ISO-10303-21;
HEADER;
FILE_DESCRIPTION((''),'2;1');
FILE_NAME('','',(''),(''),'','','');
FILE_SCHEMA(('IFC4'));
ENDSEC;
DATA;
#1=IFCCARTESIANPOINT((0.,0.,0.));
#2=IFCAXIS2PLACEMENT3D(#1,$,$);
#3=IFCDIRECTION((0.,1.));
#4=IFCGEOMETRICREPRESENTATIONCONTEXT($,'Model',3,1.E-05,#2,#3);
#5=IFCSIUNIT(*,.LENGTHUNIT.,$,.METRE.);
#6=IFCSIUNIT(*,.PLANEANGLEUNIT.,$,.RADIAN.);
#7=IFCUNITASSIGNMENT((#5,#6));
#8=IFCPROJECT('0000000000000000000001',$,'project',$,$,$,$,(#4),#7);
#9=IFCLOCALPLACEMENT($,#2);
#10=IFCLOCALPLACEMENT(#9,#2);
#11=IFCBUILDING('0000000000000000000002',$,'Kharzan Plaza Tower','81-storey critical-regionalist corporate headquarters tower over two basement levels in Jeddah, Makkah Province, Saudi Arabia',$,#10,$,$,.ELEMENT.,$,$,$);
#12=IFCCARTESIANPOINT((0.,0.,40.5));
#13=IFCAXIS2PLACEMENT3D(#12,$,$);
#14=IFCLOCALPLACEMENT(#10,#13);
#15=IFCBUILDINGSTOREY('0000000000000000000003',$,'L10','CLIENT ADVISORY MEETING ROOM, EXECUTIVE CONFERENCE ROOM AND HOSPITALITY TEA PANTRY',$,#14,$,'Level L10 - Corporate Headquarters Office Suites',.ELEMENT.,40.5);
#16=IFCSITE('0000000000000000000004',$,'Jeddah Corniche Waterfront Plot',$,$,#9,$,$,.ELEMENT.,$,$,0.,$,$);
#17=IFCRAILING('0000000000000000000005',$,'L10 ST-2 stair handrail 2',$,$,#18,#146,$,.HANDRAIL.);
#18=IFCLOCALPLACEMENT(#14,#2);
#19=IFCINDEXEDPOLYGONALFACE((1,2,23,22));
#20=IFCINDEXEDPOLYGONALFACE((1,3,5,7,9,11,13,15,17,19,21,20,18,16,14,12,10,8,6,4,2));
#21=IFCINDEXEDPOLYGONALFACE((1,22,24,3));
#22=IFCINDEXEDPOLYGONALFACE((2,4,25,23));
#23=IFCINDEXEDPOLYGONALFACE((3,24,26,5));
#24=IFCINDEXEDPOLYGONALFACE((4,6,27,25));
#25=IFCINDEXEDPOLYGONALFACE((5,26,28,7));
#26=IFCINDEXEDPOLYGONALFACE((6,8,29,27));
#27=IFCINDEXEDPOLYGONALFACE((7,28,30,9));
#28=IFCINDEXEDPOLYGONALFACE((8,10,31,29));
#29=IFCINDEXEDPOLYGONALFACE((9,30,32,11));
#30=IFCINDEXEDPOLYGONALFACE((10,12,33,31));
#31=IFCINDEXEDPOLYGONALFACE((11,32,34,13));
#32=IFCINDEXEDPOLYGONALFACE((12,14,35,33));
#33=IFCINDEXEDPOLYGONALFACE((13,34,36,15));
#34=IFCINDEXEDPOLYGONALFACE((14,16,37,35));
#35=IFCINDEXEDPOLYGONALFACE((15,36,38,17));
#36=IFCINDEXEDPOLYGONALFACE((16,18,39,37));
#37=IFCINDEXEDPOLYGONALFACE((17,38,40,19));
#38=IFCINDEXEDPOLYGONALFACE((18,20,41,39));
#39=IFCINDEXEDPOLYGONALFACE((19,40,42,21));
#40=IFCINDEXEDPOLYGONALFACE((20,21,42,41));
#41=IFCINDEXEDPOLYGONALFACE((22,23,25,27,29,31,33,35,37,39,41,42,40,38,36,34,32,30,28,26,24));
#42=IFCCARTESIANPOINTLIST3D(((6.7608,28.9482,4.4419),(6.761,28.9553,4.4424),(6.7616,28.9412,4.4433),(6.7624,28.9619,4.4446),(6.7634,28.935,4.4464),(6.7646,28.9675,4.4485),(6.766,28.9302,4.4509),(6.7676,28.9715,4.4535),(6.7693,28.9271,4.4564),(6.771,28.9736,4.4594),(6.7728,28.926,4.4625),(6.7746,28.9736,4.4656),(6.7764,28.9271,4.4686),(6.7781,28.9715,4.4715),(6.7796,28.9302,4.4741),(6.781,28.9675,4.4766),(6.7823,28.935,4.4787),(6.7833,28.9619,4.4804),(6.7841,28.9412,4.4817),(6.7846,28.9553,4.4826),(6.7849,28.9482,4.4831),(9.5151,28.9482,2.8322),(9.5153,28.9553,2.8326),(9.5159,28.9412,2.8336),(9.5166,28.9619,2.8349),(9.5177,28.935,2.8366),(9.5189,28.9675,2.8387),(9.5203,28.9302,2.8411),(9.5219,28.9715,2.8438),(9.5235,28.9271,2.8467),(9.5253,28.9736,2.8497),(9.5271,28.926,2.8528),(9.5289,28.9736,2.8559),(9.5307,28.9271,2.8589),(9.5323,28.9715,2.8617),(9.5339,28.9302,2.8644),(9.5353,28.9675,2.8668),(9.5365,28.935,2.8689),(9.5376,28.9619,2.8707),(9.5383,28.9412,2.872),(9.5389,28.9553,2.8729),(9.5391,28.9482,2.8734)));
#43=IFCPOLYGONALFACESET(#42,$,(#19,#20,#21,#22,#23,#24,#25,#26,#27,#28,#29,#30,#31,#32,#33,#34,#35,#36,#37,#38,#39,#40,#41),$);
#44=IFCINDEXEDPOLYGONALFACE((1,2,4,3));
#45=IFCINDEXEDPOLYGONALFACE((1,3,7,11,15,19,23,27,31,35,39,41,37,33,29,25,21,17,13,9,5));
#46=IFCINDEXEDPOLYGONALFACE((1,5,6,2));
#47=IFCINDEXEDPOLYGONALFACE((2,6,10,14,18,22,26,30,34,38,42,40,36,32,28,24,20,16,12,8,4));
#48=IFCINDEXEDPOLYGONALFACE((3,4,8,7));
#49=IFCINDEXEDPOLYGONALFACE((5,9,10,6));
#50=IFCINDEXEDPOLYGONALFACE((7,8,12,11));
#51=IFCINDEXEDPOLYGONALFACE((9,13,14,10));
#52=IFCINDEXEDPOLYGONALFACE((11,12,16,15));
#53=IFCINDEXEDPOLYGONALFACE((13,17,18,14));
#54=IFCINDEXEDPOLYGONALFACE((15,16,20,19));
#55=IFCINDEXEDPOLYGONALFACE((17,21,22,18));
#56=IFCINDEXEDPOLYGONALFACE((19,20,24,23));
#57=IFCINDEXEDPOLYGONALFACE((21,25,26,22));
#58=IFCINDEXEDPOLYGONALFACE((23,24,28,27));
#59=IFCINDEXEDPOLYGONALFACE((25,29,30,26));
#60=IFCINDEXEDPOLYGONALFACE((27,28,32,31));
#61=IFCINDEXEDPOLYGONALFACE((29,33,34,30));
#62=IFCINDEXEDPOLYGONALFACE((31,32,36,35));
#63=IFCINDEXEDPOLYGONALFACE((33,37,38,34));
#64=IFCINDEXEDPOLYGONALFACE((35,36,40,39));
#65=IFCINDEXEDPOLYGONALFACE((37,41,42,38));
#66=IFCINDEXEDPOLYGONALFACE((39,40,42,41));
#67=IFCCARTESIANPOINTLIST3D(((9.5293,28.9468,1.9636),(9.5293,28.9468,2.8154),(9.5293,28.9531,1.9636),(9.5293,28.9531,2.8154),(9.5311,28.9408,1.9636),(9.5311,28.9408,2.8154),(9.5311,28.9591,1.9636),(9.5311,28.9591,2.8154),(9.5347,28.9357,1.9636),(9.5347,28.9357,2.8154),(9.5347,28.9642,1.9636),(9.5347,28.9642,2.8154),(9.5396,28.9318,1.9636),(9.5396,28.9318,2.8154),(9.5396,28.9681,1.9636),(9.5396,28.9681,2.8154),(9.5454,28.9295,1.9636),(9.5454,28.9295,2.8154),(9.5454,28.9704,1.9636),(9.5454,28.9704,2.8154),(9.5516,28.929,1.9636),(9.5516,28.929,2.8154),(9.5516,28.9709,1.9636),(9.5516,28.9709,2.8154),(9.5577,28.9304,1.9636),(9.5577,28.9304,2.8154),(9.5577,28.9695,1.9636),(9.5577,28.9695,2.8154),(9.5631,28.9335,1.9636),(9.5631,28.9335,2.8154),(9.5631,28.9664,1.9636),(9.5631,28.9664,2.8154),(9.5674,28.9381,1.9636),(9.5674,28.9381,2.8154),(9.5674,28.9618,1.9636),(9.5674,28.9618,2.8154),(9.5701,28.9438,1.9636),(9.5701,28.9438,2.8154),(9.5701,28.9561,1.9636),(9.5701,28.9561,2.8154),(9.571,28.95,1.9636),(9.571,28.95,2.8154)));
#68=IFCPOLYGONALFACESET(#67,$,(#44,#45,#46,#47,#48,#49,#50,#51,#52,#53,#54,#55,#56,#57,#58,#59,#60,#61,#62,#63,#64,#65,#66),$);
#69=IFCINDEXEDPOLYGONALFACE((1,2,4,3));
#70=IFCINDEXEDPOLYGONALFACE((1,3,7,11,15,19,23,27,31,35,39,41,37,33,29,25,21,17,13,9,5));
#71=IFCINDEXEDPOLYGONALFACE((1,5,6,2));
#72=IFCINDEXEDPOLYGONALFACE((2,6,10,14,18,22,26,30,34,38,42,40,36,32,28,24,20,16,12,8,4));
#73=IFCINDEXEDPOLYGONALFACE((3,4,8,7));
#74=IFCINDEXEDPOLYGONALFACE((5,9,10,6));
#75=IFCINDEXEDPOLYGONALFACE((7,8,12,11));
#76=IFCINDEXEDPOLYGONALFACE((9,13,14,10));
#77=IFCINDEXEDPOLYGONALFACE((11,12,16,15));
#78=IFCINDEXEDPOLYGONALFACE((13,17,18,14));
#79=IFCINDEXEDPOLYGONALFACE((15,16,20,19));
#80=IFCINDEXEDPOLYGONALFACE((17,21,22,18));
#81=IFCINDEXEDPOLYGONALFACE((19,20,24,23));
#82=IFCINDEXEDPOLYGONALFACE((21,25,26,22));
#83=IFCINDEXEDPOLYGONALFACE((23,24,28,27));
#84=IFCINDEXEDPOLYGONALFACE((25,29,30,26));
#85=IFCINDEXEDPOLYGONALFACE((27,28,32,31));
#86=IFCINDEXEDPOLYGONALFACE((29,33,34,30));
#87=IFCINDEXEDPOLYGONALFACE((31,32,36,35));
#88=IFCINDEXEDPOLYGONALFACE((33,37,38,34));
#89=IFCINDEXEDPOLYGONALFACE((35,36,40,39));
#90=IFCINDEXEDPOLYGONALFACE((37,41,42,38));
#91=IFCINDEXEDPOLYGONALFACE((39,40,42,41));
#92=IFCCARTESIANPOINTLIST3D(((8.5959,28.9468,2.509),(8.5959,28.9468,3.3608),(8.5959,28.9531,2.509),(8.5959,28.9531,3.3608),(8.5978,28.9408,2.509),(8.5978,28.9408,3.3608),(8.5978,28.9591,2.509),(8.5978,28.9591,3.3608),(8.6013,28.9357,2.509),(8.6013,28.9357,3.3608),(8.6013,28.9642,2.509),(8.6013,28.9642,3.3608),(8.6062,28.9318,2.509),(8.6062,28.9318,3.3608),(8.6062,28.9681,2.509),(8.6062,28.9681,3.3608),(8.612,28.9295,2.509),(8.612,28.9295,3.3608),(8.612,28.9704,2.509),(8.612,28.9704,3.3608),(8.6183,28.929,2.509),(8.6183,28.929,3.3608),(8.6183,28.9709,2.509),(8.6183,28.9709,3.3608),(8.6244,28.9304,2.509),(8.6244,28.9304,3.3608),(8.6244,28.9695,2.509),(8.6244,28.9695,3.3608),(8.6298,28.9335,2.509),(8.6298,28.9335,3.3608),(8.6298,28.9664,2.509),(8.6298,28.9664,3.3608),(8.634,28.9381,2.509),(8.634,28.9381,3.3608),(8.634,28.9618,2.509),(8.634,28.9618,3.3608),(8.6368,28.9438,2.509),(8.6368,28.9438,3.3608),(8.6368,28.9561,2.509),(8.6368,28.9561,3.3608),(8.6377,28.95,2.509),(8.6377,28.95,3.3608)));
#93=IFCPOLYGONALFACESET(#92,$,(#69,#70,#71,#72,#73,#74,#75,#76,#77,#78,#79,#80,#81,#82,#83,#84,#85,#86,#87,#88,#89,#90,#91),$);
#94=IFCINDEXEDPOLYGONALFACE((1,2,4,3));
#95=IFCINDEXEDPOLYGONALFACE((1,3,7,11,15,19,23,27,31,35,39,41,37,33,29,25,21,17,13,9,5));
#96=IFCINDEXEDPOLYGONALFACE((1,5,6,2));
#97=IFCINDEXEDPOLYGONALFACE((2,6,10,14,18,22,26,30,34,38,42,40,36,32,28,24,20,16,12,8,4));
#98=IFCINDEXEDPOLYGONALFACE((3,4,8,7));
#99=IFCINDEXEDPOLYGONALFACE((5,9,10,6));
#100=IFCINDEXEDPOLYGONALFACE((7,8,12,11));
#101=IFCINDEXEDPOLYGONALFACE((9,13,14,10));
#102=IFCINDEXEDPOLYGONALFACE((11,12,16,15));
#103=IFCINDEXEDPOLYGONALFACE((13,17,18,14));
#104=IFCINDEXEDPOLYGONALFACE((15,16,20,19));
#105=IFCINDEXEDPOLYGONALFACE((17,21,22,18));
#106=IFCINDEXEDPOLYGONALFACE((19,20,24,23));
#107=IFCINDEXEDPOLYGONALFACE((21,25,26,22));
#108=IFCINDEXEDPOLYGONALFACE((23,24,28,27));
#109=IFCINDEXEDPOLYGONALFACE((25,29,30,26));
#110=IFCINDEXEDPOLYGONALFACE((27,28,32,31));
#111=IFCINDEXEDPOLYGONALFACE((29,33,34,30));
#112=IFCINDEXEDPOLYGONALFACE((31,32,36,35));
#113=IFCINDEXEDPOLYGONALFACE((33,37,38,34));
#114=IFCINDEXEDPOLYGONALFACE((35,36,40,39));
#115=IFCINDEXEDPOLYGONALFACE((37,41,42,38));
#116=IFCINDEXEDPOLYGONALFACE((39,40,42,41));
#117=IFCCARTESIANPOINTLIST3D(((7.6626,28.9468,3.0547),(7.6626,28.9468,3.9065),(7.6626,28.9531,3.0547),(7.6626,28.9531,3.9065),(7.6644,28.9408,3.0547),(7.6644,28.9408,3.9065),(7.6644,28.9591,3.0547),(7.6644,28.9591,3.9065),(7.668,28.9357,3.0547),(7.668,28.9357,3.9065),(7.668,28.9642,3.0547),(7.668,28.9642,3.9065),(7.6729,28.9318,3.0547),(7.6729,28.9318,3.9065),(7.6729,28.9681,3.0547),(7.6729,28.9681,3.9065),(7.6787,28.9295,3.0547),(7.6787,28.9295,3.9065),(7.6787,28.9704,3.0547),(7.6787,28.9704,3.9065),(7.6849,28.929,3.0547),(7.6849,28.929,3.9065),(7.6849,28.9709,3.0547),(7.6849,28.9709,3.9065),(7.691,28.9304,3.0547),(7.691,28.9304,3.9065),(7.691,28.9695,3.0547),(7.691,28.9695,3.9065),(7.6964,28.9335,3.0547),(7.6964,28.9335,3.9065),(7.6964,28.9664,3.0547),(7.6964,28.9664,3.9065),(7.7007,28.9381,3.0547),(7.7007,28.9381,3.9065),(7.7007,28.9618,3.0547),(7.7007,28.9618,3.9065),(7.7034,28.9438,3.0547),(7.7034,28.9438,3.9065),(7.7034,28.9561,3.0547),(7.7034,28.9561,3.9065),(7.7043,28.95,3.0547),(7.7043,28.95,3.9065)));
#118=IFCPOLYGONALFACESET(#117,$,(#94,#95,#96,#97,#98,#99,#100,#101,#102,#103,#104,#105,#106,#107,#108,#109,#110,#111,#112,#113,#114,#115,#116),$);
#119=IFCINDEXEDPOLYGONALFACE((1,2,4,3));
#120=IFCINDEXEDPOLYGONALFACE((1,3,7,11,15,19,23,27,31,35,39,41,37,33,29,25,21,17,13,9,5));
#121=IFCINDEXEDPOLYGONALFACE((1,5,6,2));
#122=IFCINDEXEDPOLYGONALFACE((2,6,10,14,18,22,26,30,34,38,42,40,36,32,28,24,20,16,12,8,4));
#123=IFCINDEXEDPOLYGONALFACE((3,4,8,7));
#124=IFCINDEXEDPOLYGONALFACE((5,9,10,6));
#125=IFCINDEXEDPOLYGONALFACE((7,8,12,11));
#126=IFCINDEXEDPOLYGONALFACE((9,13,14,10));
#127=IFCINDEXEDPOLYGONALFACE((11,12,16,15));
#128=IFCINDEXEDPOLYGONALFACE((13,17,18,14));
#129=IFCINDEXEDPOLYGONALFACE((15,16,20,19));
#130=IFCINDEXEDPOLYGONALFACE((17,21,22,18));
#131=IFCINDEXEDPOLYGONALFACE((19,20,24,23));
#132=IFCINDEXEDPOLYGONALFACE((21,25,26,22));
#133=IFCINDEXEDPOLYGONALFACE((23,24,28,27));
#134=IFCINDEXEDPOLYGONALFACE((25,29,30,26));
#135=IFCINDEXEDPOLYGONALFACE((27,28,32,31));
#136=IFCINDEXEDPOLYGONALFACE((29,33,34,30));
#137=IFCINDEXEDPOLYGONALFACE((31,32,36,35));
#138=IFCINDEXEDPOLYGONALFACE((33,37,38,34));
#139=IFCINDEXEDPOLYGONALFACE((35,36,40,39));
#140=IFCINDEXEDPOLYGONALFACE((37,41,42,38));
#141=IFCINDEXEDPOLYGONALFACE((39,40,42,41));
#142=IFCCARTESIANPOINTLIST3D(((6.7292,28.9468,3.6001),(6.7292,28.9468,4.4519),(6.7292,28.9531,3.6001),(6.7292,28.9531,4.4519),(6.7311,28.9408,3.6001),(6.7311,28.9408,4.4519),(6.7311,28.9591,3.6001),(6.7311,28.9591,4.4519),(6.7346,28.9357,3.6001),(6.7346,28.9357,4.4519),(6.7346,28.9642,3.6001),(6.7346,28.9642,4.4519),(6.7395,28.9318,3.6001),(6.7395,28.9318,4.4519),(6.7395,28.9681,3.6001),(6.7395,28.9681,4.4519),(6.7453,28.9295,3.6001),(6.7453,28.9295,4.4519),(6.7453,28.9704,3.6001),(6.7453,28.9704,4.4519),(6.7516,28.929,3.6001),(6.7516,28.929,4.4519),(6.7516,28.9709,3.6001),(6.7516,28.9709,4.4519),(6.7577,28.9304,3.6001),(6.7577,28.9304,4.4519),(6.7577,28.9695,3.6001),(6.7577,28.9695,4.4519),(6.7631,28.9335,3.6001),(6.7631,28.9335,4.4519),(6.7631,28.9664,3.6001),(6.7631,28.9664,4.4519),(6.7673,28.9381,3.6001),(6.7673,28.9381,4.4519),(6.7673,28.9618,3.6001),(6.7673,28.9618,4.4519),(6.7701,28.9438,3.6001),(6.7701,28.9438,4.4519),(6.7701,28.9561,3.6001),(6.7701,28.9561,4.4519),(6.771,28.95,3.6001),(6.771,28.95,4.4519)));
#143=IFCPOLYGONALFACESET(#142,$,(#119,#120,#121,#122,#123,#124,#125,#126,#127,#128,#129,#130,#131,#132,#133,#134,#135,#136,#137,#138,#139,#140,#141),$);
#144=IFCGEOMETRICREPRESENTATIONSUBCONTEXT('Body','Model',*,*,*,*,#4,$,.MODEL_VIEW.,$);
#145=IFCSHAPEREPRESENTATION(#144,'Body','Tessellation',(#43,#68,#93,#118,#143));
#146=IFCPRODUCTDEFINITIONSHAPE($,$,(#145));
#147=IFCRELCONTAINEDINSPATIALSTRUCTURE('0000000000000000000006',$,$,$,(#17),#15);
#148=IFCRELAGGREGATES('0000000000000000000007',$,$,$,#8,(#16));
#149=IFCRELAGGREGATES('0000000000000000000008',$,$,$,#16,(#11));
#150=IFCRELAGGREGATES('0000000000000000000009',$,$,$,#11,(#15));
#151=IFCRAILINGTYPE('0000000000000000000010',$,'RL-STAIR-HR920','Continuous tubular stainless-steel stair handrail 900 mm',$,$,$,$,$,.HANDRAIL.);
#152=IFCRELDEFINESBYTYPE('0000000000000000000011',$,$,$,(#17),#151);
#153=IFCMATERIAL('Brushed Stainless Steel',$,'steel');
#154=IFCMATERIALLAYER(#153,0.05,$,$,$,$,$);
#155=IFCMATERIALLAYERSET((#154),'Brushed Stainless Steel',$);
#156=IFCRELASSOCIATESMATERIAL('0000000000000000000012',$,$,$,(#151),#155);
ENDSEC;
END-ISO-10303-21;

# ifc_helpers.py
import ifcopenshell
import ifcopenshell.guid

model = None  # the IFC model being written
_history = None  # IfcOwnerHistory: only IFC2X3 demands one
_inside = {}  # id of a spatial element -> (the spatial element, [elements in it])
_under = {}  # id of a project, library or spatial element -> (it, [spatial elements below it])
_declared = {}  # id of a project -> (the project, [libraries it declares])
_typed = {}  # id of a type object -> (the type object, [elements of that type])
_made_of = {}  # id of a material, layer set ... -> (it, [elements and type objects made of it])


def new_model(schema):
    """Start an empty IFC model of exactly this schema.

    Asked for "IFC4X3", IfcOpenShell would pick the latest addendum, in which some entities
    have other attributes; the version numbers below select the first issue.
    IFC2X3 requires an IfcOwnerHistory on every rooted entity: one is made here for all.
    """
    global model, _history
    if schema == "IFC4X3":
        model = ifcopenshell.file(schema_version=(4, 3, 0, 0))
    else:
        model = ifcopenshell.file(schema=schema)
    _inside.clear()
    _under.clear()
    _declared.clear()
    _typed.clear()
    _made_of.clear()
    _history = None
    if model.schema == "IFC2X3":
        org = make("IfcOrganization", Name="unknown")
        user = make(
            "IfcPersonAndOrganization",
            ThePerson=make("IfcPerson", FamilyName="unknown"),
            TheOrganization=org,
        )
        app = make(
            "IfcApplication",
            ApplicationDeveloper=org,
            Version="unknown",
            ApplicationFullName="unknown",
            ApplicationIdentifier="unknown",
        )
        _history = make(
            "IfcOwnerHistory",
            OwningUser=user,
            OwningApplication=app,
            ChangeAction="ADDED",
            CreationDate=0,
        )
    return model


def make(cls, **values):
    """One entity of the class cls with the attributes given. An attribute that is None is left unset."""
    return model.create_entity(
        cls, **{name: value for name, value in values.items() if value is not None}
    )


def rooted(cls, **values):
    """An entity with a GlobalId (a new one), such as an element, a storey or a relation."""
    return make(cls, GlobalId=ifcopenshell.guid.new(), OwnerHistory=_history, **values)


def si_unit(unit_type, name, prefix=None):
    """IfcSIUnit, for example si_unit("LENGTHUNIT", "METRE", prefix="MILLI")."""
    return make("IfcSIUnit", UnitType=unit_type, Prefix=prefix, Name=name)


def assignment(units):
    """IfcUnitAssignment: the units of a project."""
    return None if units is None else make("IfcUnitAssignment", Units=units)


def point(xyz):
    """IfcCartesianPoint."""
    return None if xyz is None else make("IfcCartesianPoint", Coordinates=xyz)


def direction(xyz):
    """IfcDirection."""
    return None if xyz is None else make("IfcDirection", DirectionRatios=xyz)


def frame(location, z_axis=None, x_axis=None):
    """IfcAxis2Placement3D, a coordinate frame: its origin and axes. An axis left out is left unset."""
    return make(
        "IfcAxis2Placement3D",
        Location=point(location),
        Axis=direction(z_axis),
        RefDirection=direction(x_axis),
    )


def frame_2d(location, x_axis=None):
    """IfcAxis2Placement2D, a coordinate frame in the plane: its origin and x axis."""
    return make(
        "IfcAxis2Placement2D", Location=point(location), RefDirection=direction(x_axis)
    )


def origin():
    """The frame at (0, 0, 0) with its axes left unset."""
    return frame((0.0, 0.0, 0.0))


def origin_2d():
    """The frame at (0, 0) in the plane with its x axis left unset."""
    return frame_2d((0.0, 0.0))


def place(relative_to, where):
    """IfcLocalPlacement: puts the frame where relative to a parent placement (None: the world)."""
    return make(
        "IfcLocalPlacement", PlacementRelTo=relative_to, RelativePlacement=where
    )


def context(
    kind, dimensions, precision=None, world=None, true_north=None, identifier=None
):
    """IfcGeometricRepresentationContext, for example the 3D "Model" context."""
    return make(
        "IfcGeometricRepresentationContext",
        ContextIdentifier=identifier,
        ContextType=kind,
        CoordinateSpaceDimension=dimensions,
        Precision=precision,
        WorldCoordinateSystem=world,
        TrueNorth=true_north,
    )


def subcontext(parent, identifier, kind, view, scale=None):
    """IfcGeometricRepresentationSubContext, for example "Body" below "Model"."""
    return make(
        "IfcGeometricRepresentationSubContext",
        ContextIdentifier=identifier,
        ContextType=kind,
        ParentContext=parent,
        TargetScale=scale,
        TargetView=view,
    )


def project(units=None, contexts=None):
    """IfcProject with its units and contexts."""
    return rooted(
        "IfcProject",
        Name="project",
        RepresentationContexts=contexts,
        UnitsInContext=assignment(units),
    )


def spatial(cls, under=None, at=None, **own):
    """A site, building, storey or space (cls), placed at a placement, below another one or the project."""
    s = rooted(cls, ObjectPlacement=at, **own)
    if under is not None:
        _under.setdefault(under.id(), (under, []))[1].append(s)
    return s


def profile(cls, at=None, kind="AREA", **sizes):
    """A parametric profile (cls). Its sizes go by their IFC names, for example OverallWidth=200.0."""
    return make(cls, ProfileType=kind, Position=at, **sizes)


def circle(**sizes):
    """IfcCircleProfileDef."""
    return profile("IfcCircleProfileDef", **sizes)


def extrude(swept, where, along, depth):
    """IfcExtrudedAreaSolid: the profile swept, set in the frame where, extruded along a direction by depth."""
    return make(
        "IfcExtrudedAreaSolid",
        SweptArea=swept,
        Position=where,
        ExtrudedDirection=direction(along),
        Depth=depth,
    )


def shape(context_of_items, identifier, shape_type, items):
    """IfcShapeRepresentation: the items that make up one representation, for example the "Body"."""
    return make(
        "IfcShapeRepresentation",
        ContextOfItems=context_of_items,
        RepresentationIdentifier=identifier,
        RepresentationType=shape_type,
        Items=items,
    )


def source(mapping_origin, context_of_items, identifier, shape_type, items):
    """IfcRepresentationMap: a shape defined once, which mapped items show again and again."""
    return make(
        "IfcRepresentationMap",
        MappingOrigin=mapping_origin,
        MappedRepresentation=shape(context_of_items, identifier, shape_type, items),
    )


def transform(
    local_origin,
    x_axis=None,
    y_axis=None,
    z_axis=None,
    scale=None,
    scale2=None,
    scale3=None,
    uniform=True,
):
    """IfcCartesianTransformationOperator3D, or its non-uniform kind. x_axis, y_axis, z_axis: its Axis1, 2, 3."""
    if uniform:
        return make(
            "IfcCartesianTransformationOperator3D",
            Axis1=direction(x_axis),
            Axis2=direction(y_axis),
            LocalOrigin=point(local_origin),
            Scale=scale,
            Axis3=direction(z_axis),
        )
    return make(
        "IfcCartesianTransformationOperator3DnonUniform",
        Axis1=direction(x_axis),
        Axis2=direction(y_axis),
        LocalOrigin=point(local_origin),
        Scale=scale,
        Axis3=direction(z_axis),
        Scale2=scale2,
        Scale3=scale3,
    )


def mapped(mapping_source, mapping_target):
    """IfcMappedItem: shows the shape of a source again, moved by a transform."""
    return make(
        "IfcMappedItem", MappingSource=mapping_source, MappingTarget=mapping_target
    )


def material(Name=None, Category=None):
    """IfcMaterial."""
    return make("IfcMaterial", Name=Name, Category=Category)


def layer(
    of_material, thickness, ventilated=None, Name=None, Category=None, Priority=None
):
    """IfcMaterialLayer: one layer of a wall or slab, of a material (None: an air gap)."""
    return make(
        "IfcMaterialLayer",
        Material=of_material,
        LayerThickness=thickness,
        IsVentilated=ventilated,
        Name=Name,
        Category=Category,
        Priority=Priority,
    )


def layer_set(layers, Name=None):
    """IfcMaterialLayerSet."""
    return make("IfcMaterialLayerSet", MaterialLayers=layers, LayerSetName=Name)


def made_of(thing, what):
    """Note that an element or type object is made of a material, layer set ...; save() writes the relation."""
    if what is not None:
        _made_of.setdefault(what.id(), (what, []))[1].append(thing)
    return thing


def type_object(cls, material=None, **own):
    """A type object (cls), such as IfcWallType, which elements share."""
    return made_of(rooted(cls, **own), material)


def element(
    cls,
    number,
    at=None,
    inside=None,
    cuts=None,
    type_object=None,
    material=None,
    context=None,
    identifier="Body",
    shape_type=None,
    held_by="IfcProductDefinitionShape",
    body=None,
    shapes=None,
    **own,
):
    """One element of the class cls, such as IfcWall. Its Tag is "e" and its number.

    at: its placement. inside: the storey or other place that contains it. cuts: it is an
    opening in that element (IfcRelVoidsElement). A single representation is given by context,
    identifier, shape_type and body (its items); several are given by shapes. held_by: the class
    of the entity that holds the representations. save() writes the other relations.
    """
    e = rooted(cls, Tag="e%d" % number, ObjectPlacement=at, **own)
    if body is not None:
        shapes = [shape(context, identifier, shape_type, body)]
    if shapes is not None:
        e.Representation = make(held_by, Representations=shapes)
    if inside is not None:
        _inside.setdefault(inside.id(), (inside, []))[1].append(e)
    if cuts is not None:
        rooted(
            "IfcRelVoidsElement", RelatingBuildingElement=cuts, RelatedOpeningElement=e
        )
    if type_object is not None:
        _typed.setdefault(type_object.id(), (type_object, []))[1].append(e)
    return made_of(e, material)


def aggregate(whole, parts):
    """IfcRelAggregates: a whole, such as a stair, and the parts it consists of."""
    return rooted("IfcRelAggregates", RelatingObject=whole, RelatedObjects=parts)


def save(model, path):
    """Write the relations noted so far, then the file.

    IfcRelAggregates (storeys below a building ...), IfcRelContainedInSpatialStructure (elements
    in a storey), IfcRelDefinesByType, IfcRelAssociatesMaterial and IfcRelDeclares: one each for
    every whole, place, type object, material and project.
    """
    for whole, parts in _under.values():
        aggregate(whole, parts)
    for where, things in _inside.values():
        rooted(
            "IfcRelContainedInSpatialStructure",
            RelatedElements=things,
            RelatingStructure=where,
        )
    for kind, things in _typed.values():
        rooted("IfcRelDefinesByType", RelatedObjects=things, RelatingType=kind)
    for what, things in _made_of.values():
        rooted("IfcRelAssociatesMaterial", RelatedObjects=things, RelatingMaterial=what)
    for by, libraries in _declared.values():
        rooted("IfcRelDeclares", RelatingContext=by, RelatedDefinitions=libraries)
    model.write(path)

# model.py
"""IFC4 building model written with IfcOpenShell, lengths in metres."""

from ifc_helpers import new_model, si_unit, direction, frame, origin, origin_2d, place, context, subcontext, project, spatial, circle, extrude, source, transform, mapped, material, layer, layer_set, type_object, element, save


model = new_model("IFC4")

# Units and contexts
model_context = context("Model", 3, precision=1e-05, world=origin(), true_north=direction((0.0, 1.0)))
body_context = subcontext(model_context, "Body", "Model", "MODEL_VIEW")
ifc_project = project(units=[si_unit("LENGTHUNIT", "METRE"), si_unit("PLANEANGLEUNIT", "RADIAN")], contexts=[model_context])

# Site, building, storey
site_placement = place(None, origin())
site = spatial("IfcSite", under=ifc_project, at=site_placement, Name="Jeddah Corniche Waterfront Plot", CompositionType="ELEMENT", RefElevation=0.0)
building_placement = place(site_placement, origin())
building = spatial("IfcBuilding", under=site, at=building_placement, Name="Kharzan Plaza Tower", Description="81-storey critical-regionalist corporate headquarters tower over two basement levels in Jeddah, Makkah Province, Saudi Arabia", CompositionType="ELEMENT")
storey_placement = place(building_placement, frame((0.0, 0.0, 40.5)))
storey = spatial("IfcBuildingStorey", under=building, at=storey_placement, Name="L10", Description="CLIENT ADVISORY MEETING ROOM, EXECUTIVE CONFERENCE ROOM AND HOSPITALITY TEA PANTRY", LongName="Level L10 - Corporate Headquarters Office Suites", CompositionType="ELEMENT", Elevation=40.5)

# Shared definitions
ifc_material_1 = material(Name="Brushed Stainless Steel", Category="steel")

# Railing
ifc_layer_1 = layer(ifc_material_1, 0.05)
ifc_layer_set_1 = layer_set([ifc_layer_1], Name="Brushed Stainless Steel")
railing_type_1 = type_object("IfcRailingType", Name="RL-STAIR-HR920", Description="Continuous tubular stainless-steel stair handrail 900 mm", PredefinedType="HANDRAIL", material=ifc_layer_set_1)
shared_shape_1 = source(origin(), body_context, "Body", "SweptSolid", [
    extrude(circle(Radius=0.0239, at=origin_2d()), frame((-0.0229, 0.0, 0.8892), z_axis=(-0.863361, 0.0, 0.504587), x_axis=(0.0, -1.0, 0.0)), (0.0, 0.0, 1.0), 3.1902),
    extrude(circle(Radius=0.021, at=origin_2d()), origin(), (0.0, 0.0, 1.0), 0.8518),
    extrude(circle(Radius=0.021, at=origin_2d()), frame((-0.9333, 0.0, 0.5454)), (0.0, 0.0, 1.0), 0.8518),
    extrude(circle(Radius=0.021, at=origin_2d()), frame((-1.8667, 0.0, 1.0911)), (0.0, 0.0, 1.0), 0.8518),
    extrude(circle(Radius=0.021, at=origin_2d()), frame((-2.8, 0.0, 1.6365)), (0.0, 0.0, 1.0), 0.8518),
])
railing_1_placement = place(storey_placement, frame((9.55, 28.95, 1.9636)))
element("IfcRailing", 1, at=railing_1_placement, inside=storey, type_object=railing_type_1, Name="L10 ST-2 stair handrail 2", PredefinedType="HANDRAIL", context=body_context, shape_type="MappedRepresentation", body=[
    mapped(shared_shape_1, transform((0.0, 0.0, 0.0), x_axis=(1.0, 0.0, 0.0), y_axis=(0.0, 1.0, 0.0), z_axis=(0.0, 0.0, 1.0))),
])

save(model, "model.ifc")
